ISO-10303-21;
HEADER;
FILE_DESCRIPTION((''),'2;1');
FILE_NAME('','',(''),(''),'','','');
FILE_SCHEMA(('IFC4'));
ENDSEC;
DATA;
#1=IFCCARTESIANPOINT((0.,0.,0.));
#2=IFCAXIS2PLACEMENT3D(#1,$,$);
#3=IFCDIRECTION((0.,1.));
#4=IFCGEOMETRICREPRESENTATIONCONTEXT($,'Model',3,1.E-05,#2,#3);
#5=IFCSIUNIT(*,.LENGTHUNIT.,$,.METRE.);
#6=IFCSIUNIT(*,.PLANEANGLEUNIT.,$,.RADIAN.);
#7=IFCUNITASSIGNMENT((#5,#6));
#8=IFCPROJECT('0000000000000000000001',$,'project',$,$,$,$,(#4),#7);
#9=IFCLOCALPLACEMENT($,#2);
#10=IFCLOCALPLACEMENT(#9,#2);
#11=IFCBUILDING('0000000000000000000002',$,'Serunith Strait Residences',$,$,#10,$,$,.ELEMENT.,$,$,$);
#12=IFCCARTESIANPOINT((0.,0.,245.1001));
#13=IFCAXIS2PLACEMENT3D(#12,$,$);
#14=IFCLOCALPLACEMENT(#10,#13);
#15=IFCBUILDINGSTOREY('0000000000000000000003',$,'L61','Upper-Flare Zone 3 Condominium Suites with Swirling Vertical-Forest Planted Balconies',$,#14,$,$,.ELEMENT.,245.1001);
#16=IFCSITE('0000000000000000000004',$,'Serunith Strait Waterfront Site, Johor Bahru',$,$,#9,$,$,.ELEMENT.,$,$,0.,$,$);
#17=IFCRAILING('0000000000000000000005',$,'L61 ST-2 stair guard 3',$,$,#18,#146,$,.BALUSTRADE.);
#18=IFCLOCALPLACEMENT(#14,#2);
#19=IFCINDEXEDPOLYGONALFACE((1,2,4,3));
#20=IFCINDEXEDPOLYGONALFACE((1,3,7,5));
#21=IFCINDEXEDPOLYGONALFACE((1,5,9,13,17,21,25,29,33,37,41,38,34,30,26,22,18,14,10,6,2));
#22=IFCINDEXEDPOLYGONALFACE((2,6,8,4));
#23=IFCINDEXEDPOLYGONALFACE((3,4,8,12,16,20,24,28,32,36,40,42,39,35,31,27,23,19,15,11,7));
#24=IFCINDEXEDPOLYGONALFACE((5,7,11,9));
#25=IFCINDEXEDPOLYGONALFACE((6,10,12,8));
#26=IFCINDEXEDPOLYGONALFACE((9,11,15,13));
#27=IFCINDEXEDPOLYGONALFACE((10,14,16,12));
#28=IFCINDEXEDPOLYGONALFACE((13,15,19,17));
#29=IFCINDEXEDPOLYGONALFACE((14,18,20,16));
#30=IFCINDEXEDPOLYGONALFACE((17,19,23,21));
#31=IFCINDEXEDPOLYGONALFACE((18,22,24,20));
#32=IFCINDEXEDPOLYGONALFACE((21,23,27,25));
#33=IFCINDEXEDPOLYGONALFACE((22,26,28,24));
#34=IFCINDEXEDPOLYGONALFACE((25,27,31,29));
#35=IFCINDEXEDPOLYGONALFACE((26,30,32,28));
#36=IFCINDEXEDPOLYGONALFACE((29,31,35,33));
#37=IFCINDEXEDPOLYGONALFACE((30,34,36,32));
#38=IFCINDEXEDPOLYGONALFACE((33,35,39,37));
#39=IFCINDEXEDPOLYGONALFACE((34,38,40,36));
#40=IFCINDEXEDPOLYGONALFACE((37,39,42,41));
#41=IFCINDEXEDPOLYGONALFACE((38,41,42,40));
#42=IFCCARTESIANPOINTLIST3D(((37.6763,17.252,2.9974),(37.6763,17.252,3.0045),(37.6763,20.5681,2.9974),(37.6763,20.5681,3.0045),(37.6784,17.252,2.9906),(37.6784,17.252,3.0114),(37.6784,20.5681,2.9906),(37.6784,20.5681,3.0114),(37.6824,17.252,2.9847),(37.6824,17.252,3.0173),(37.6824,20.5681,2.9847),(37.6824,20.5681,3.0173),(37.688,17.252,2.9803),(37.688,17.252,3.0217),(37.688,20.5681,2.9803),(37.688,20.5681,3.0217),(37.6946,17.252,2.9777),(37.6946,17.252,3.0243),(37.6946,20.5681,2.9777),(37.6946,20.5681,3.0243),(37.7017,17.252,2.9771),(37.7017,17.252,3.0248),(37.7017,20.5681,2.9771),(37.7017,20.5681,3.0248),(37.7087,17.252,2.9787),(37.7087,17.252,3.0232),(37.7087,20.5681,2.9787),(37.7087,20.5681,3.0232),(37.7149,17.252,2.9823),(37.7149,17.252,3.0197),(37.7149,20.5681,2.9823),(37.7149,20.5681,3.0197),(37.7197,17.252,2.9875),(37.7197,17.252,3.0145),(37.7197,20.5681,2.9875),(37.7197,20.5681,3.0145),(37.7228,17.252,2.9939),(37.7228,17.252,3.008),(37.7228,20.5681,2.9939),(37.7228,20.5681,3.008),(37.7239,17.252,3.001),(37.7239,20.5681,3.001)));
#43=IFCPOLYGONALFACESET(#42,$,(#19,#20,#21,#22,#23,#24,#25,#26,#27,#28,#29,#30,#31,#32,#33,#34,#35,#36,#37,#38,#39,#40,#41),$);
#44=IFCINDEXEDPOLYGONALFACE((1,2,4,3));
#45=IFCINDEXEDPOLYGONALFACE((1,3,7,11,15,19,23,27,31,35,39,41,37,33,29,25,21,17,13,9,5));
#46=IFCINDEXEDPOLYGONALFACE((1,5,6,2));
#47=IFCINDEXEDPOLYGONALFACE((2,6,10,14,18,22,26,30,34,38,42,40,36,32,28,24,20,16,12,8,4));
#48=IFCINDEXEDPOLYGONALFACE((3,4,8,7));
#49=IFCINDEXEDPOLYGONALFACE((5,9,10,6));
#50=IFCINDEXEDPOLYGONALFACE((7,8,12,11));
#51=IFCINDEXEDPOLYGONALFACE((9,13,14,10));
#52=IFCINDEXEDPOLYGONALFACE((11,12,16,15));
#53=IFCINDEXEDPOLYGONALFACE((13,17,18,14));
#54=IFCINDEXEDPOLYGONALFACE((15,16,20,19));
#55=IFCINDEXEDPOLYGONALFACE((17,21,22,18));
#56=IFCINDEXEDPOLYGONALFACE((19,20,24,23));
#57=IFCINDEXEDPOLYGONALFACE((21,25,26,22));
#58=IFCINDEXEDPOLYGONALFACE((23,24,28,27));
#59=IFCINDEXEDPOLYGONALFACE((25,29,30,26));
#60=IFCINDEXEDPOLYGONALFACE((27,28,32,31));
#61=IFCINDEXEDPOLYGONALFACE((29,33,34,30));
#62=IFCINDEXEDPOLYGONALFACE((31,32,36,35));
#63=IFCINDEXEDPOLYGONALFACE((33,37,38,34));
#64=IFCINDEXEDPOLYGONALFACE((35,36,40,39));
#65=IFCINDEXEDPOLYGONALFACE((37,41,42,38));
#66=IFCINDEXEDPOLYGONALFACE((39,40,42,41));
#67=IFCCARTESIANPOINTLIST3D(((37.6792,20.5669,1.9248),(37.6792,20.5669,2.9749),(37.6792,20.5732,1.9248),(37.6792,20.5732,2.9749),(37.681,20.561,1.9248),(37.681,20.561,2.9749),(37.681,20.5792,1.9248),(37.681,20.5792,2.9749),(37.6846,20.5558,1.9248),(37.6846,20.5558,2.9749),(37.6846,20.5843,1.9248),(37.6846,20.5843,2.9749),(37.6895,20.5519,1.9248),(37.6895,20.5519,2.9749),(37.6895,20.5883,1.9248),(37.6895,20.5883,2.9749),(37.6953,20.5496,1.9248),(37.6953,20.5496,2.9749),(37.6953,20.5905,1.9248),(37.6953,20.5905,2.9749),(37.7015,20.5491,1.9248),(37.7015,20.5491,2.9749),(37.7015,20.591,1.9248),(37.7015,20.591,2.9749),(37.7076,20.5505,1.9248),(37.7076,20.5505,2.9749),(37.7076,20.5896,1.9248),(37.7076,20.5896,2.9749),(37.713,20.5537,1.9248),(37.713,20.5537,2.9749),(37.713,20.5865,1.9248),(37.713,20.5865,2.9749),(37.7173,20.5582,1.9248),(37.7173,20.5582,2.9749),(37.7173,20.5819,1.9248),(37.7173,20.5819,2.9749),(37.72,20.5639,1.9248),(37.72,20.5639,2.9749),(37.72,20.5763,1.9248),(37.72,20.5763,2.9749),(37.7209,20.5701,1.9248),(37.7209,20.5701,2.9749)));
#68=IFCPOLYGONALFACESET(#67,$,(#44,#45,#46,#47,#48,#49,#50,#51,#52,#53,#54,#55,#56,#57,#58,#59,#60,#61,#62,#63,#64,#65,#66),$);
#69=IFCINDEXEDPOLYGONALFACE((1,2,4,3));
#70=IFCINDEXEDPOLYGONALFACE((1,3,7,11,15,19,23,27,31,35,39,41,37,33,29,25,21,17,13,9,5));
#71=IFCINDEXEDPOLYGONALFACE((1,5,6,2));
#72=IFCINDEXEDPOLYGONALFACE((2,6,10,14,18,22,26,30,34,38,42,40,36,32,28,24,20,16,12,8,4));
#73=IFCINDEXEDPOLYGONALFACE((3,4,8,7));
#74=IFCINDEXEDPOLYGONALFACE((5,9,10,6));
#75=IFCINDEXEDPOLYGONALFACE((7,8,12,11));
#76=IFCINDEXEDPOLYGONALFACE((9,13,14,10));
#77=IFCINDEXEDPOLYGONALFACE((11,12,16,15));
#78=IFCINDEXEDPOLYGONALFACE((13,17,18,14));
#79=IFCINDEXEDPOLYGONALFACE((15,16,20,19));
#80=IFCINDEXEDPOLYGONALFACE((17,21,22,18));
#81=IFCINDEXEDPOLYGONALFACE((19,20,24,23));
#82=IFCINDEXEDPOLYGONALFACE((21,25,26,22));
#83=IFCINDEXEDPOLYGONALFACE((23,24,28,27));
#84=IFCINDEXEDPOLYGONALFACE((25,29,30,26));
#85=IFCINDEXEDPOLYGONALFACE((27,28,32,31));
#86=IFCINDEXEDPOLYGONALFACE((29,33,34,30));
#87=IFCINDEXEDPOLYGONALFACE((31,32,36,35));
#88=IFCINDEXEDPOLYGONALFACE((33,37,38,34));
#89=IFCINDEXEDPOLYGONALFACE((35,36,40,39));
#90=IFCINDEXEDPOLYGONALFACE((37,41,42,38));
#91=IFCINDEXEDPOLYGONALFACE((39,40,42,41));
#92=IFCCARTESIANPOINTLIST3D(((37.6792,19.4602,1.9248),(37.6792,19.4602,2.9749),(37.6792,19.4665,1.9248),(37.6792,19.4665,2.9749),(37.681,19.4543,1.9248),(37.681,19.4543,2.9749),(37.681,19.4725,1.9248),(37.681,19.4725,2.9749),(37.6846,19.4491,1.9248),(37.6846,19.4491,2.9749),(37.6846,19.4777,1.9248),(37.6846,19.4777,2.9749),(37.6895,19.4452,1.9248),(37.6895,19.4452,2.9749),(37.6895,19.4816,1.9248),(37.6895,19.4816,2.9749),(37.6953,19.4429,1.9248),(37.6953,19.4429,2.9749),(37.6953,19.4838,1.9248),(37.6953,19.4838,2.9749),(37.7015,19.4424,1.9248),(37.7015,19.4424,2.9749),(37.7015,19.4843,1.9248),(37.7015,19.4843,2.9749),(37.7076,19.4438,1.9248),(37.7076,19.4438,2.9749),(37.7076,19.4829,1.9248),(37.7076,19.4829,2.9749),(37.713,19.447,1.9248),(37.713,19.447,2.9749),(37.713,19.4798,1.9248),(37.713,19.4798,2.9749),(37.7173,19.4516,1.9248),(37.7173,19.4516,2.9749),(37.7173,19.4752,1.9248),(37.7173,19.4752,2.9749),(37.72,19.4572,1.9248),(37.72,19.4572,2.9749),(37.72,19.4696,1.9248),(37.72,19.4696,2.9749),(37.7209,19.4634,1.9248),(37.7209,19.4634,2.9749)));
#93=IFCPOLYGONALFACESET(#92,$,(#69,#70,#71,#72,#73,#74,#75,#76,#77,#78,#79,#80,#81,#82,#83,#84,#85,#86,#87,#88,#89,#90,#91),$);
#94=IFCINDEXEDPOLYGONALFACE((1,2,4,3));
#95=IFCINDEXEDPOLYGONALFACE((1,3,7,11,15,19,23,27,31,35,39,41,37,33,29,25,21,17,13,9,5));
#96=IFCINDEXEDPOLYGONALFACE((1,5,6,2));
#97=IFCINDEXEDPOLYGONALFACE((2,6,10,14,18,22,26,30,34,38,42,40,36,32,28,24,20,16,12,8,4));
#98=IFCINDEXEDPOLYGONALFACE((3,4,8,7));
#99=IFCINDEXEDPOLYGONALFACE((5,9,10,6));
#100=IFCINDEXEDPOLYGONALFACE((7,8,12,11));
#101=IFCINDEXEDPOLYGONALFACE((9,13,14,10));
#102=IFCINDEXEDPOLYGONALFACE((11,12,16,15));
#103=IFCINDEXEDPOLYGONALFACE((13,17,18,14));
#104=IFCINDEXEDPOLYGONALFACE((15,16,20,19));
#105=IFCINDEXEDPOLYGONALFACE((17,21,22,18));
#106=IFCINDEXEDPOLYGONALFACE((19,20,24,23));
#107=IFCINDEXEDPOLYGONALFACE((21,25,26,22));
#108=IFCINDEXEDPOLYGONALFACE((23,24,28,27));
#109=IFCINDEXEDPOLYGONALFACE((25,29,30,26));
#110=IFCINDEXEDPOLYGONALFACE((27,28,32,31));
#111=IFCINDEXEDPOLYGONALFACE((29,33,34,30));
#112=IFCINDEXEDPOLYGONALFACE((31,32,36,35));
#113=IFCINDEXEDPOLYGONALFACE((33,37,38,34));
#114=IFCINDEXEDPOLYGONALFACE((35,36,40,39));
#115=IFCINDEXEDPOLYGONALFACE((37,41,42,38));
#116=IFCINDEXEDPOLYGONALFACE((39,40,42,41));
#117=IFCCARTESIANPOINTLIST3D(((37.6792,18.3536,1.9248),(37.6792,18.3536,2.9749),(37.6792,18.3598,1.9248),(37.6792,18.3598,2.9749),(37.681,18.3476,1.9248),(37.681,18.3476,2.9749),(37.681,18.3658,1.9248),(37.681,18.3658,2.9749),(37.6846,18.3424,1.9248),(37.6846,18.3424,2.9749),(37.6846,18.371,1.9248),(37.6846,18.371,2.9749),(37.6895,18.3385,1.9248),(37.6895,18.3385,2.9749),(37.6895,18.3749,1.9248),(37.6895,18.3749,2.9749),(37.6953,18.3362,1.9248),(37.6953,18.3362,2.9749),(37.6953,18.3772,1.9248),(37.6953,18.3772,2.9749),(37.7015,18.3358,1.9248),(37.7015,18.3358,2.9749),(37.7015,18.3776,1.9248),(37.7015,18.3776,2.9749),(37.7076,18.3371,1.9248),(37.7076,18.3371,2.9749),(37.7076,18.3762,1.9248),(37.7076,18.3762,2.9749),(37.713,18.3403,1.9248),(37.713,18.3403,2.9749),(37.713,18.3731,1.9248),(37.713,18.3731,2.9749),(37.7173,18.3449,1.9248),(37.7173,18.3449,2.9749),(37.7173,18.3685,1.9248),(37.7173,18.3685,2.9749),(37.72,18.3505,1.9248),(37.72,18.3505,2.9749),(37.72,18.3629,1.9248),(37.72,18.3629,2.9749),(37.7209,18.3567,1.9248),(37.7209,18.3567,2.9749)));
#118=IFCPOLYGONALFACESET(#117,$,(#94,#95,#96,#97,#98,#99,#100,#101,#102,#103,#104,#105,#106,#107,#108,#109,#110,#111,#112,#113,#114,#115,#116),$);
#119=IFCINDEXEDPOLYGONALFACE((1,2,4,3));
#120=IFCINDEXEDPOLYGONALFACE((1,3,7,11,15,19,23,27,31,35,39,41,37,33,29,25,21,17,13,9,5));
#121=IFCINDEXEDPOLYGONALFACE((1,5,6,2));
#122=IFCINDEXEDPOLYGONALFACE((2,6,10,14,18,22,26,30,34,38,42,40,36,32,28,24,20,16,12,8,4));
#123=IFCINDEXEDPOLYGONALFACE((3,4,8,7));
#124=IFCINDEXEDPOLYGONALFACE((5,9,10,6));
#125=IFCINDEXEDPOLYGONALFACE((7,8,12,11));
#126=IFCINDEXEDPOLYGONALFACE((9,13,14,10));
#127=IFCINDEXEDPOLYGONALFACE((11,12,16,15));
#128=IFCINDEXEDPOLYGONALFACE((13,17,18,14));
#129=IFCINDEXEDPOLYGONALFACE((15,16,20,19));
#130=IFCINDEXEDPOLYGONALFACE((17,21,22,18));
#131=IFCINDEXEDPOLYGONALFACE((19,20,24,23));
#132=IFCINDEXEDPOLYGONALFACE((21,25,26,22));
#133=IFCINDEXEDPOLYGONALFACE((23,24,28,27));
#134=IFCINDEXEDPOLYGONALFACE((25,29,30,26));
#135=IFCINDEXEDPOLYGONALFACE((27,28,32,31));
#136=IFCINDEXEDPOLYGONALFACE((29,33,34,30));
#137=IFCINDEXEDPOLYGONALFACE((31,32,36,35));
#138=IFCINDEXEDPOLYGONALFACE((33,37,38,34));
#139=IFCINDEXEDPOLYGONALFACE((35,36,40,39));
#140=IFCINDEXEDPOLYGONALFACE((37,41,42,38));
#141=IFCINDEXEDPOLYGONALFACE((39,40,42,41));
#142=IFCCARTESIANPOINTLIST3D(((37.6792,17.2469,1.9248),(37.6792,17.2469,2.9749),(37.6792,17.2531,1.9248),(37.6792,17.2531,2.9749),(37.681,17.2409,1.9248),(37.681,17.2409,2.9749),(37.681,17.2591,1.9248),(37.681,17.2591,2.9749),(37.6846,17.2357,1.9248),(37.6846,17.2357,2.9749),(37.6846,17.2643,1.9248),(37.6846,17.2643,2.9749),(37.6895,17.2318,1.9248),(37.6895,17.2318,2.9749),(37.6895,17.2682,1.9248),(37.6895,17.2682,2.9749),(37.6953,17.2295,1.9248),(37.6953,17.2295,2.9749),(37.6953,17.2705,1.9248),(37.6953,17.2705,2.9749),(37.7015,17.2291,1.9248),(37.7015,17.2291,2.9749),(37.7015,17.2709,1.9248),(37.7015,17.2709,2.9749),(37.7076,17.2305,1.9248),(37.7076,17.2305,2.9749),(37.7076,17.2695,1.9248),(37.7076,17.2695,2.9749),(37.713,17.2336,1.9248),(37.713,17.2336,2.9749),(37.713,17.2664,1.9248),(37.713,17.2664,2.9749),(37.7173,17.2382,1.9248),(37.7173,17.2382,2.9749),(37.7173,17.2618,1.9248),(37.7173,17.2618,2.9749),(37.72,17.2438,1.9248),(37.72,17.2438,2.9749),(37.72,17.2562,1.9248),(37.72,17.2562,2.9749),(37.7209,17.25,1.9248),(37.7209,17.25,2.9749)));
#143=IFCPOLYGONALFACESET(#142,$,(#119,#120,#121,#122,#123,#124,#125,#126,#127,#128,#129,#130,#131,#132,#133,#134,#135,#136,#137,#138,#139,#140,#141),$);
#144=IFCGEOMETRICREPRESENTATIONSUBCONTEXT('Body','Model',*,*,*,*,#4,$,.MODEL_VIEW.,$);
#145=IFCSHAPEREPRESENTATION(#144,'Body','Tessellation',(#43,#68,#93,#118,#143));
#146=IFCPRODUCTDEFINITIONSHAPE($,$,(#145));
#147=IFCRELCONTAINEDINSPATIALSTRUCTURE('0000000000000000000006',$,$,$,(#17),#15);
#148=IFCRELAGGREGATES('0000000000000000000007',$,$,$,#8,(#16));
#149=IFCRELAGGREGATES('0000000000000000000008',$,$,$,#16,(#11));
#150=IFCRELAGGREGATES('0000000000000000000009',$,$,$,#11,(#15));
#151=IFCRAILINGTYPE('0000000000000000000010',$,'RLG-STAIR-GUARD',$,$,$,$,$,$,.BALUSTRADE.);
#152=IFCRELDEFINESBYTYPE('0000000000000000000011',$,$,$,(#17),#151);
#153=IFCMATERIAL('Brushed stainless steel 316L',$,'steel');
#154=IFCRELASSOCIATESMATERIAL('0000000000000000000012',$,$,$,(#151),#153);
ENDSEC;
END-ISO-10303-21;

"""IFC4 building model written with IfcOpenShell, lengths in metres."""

from ifc_helpers import new_model, si_unit, direction, frame, origin, origin_2d, place, context, subcontext, project, spatial, circle, extrude, material, type_object, element, save


model = new_model("IFC4")

# Units and contexts
model_context = context("Model", 3, precision=1e-05, world=origin(), true_north=direction((0.0, 1.0)))
body_context = subcontext(model_context, "Body", "Model", "MODEL_VIEW")
ifc_project = project(units=[si_unit("LENGTHUNIT", "METRE"), si_unit("PLANEANGLEUNIT", "RADIAN")], contexts=[model_context])

# Site, building, storey
site_placement = place(None, origin())
site = spatial("IfcSite", under=ifc_project, at=site_placement, Name="Serunith Strait Waterfront Site, Johor Bahru", CompositionType="ELEMENT", RefElevation=0.0)
building_placement = place(site_placement, origin())
building = spatial("IfcBuilding", under=site, at=building_placement, Name="Serunith Strait Residences", CompositionType="ELEMENT")
storey_placement = place(building_placement, frame((0.0, 0.0, 245.1001)))
storey = spatial("IfcBuildingStorey", under=building, at=storey_placement, Name="L61", Description="Upper-Flare Zone 3 Condominium Suites with Swirling Vertical-Forest Planted Balconies", CompositionType="ELEMENT", Elevation=245.1001)

# Railing
ifc_material_1 = material(Name="Brushed stainless steel 316L", Category="steel")
railing_type_1 = type_object("IfcRailingType", Name="RLG-STAIR-GUARD", PredefinedType="BALUSTRADE", material=ifc_material_1)
for number, where, name in (
    (1, (37.7, 20.5701, 1.9248), "L61 ST-2 stair guard 3"),
):
    element("IfcRailing", number, at=place(storey_placement, frame(where)), inside=storey, type_object=railing_type_1, Name=name, PredefinedType="BALUSTRADE", context=body_context, shape_type="SweptSolid", body=[
        extrude(circle(Radius=0.0239, at=origin_2d()), frame((0.0, -0.002, 1.0762), z_axis=(0.0, -1.0, 0.0), x_axis=(1.0, 0.0, 0.0)), (0.0, 0.0, 1.0), 3.3162),
        extrude(circle(Radius=0.021, at=origin_2d()), origin(), (0.0, 0.0, 1.0), 1.05),
        extrude(circle(Radius=0.021, at=origin_2d()), frame((0.0, -1.1067, 0.0)), (0.0, 0.0, 1.0), 1.05),
        extrude(circle(Radius=0.021, at=origin_2d()), frame((0.0, -2.2134, 0.0)), (0.0, 0.0, 1.0), 1.05),
        extrude(circle(Radius=0.021, at=origin_2d()), frame((0.0, -3.3201, 0.0)), (0.0, 0.0, 1.0), 1.05),
    ])

save(model, "model.ifc")
